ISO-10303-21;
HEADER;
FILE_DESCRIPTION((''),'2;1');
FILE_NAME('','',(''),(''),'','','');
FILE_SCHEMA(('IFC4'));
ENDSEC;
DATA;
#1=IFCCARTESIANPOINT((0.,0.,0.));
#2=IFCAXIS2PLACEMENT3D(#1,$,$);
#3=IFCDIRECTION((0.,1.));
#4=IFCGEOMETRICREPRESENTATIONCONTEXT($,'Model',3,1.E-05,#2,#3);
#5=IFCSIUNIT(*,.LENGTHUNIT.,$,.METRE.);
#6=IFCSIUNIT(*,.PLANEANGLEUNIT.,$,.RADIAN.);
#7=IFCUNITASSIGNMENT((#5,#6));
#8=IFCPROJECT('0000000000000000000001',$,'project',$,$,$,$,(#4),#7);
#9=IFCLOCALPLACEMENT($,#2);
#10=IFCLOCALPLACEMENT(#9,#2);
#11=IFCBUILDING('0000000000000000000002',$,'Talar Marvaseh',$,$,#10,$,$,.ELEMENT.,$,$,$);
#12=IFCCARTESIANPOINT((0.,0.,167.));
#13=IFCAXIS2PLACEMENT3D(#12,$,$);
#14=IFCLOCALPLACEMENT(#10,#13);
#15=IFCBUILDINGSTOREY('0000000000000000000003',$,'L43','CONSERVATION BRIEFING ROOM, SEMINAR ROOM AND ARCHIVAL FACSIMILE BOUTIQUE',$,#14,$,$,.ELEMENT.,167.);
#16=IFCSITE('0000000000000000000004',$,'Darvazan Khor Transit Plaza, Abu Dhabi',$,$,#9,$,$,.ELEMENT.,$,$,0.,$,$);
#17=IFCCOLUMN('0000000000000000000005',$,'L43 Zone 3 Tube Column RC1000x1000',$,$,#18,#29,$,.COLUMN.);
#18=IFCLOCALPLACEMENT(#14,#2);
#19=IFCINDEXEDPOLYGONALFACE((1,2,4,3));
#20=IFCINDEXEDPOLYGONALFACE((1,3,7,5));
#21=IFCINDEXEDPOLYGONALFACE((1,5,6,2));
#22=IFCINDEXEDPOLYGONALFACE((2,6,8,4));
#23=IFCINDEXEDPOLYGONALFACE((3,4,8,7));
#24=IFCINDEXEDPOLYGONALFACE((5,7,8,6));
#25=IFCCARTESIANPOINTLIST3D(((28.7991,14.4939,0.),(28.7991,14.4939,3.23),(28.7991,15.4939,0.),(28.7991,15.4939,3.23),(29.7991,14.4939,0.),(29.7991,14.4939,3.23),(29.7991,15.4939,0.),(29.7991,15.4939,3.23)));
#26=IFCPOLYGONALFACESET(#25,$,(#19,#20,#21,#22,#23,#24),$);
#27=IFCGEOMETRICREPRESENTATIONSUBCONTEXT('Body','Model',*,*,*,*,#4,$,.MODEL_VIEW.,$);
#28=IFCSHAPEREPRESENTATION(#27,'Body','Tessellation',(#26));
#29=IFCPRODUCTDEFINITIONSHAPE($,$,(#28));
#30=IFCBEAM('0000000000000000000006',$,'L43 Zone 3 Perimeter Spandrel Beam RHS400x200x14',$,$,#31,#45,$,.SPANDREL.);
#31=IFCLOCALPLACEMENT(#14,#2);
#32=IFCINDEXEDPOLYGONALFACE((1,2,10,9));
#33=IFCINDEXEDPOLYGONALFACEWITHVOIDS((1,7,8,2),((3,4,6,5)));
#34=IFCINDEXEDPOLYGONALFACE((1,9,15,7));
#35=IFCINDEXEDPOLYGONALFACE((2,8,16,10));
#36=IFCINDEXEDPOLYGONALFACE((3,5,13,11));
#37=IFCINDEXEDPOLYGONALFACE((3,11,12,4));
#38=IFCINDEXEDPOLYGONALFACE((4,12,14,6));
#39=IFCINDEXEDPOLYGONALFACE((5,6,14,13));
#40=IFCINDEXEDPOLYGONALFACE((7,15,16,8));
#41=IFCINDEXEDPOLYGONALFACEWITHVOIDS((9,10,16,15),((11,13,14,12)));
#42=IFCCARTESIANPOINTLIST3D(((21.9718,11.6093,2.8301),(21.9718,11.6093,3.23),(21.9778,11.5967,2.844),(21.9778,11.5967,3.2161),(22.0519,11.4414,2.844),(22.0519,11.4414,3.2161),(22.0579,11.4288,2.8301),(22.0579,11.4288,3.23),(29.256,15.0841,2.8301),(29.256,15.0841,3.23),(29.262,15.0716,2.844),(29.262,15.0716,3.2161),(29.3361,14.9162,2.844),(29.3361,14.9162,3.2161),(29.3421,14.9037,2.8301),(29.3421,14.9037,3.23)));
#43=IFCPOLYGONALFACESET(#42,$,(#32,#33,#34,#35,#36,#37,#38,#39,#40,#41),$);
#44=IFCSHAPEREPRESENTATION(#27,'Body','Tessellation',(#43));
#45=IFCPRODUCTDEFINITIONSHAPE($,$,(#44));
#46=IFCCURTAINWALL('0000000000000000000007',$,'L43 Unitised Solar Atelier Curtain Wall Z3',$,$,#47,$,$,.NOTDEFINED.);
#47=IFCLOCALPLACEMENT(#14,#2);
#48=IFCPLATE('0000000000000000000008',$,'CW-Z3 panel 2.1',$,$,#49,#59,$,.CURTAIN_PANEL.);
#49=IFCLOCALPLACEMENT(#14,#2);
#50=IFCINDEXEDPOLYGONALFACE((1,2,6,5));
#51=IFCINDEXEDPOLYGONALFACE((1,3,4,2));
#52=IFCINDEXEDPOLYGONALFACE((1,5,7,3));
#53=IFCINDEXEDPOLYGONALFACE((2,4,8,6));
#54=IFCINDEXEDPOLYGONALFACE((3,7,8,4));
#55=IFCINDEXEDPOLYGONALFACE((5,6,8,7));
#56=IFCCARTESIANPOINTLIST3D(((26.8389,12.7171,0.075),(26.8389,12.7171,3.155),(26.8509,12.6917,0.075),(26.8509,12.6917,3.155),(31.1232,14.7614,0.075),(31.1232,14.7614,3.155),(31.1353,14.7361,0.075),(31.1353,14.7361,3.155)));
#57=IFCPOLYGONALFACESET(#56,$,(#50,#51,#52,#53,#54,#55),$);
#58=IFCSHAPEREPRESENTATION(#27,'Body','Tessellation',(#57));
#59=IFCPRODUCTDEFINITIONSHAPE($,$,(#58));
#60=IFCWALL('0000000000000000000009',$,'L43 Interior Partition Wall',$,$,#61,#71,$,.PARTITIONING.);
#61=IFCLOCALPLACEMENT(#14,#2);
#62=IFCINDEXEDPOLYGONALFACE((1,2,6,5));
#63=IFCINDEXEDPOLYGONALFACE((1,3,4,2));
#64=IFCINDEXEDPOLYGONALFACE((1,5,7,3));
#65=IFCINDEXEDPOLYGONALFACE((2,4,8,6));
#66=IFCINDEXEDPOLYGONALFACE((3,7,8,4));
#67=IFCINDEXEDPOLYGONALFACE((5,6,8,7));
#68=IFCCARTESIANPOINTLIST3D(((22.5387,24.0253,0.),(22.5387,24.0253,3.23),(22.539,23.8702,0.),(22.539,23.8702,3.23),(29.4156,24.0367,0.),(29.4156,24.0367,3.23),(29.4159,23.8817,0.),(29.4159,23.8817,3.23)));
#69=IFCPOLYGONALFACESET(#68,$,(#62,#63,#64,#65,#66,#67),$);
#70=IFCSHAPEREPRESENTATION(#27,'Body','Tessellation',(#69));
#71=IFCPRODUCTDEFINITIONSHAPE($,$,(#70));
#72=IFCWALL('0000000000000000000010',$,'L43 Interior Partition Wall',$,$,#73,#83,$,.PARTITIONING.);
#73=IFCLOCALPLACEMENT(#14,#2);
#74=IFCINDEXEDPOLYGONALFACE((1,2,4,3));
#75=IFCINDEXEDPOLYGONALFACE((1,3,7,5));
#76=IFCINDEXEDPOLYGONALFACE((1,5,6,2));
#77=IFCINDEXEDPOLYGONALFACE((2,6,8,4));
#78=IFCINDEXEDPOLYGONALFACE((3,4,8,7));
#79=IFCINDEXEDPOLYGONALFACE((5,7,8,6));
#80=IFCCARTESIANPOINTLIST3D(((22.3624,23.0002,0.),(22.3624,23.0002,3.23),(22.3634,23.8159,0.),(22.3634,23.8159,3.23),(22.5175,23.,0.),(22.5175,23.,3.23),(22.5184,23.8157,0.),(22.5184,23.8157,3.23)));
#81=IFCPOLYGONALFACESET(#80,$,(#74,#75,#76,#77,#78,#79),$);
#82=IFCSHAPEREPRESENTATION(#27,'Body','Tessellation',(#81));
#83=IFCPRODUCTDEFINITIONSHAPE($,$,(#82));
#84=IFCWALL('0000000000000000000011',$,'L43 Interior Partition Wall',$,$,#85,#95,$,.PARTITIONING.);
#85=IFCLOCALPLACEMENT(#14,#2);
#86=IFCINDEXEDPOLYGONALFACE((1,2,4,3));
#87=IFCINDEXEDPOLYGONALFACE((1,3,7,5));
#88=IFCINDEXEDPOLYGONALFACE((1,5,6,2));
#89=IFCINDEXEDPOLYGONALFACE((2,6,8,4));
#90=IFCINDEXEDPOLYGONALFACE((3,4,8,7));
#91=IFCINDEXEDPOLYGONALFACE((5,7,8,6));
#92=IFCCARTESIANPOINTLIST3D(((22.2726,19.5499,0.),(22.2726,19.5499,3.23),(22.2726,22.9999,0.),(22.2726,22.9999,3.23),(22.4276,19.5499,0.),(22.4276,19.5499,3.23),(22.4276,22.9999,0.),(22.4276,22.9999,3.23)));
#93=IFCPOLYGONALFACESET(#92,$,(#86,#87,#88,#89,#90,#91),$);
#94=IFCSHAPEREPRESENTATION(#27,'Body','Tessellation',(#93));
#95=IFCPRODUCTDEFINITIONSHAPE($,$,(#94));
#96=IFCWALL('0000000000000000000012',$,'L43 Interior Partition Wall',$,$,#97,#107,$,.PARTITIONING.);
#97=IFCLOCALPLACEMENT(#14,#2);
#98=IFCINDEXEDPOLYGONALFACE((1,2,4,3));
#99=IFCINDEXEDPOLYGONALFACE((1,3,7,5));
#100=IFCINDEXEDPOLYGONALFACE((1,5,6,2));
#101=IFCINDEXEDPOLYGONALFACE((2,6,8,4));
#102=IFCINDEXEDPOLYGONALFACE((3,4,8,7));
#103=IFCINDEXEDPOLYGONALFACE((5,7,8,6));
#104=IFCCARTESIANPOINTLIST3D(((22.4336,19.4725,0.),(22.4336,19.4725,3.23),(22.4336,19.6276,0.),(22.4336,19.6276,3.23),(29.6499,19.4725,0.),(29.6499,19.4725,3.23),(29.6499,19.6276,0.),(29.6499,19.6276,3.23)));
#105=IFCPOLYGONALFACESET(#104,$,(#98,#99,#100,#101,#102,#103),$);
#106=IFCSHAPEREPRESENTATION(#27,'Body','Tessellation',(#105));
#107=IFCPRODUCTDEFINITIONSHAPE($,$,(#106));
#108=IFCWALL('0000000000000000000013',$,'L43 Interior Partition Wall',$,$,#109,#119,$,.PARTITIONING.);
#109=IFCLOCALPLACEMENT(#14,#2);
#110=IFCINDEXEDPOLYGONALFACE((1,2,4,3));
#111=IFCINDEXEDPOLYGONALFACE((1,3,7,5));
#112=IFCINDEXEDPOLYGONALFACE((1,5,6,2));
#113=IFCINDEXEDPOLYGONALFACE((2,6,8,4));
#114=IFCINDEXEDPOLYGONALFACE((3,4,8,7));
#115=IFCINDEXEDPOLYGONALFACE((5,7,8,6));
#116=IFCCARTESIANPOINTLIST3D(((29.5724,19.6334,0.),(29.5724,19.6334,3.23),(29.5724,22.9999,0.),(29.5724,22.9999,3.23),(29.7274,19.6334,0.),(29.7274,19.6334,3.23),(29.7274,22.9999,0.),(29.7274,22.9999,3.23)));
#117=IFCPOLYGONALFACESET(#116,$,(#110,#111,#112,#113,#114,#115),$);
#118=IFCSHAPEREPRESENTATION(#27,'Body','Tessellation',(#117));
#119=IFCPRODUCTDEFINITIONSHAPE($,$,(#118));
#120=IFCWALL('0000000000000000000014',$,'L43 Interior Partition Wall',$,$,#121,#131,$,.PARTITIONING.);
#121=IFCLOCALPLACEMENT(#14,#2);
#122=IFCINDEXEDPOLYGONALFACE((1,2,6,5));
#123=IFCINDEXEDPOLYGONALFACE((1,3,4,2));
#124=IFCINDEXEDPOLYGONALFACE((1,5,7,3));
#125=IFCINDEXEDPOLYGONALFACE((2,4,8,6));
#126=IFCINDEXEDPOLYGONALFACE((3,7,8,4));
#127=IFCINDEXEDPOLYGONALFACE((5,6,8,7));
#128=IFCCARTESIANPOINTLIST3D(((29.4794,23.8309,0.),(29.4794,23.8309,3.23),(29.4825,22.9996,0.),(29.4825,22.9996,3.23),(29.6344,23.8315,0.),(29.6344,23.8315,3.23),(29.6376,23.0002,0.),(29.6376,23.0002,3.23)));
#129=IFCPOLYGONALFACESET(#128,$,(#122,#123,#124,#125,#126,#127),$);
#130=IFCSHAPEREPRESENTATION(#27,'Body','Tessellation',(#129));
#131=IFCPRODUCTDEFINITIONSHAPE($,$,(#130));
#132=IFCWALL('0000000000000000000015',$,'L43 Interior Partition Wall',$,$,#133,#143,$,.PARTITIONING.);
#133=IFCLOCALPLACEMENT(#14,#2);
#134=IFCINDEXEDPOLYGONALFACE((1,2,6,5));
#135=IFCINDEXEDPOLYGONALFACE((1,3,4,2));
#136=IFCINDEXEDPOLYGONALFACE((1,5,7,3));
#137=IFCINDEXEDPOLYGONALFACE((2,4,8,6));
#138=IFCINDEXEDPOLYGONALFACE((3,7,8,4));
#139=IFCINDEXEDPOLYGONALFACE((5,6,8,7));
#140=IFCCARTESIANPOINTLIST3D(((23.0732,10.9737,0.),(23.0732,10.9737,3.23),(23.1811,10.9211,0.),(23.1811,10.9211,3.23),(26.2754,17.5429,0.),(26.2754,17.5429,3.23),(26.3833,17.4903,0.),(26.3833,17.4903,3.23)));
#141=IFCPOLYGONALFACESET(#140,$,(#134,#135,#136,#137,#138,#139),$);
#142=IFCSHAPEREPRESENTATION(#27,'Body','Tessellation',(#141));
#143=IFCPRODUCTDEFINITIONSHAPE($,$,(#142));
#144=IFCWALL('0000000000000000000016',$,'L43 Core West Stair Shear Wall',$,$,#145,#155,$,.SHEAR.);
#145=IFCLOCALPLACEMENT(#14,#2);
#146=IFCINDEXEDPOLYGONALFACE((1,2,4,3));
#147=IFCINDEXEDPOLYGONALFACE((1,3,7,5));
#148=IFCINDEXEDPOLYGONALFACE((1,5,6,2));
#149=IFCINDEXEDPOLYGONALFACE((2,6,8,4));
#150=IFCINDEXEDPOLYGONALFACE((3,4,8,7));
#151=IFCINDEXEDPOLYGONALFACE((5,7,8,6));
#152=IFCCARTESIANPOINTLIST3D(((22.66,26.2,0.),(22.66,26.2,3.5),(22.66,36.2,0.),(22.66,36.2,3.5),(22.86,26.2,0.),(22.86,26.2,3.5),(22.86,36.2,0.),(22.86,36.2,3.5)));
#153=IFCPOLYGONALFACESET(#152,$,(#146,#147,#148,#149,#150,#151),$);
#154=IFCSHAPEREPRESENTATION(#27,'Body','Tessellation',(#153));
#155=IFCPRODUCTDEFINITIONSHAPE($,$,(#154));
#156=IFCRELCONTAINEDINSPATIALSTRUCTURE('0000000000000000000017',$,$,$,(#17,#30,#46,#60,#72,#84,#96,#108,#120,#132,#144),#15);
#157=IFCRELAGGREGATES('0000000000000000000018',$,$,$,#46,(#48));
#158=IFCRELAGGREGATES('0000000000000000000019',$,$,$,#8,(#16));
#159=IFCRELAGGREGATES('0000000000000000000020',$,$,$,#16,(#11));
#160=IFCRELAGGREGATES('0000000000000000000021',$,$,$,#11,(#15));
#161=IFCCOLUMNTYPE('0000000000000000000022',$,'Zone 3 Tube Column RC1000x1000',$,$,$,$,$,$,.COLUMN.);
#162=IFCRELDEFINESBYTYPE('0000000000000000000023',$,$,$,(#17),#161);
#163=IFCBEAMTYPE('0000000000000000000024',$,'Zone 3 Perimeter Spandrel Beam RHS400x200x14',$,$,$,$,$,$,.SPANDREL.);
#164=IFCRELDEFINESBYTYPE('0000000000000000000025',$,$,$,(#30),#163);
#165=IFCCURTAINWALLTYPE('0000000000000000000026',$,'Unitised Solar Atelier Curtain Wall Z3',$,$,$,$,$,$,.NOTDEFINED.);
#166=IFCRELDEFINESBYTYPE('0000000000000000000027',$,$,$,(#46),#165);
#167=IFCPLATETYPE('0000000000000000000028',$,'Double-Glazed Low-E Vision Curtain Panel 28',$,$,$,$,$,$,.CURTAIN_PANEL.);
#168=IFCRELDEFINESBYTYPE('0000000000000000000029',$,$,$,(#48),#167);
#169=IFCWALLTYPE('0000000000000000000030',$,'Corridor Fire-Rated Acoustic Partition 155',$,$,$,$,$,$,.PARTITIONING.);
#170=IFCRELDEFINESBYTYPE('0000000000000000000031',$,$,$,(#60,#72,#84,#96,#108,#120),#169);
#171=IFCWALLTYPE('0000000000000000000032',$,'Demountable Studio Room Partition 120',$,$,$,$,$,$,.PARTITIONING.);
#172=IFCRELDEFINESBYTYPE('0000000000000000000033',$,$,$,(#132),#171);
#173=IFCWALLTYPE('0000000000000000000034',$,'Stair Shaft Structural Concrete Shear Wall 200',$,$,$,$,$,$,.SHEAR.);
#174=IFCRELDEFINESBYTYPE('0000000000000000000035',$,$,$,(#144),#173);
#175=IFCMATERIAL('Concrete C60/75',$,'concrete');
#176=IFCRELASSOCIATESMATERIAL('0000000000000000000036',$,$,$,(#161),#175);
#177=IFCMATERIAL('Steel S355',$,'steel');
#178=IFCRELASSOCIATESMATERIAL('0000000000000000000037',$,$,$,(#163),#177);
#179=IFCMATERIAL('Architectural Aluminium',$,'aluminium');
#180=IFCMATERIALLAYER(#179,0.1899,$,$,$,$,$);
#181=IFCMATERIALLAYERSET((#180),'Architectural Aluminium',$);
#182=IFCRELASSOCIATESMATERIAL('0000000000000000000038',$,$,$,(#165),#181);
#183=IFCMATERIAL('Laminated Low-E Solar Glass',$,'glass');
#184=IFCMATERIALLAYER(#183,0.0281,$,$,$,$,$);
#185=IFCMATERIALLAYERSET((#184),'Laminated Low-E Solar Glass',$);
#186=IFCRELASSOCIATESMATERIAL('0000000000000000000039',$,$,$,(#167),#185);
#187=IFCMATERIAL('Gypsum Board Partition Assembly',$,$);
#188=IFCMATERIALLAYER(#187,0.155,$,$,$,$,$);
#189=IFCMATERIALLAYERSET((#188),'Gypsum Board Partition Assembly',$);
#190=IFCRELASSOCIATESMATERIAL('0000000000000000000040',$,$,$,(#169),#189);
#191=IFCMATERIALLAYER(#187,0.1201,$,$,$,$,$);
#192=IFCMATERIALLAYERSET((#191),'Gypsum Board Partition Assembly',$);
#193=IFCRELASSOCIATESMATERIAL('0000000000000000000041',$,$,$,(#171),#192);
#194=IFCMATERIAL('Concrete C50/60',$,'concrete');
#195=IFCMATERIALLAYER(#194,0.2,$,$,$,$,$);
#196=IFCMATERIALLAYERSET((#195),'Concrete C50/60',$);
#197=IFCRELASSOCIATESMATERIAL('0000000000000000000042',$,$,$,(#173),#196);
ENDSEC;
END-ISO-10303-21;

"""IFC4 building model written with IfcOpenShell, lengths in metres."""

from ifc_helpers import new_model, si_unit, direction, frame, frame_2d, origin, origin_2d, place, context, subcontext, project, spatial, rectangle, hollow_rectangle, extrude, source, transform, mapped, material, layer, layer_set, material_profile, profile_set, type_object, type_shapes, element, aggregate, save


model = new_model("IFC4")

# Units and contexts
model_context = context("Model", 3, precision=1e-05, world=origin(), true_north=direction((0.0, 1.0)))
body_context = subcontext(model_context, "Body", "Model", "MODEL_VIEW")
ifc_project = project(units=[si_unit("LENGTHUNIT", "METRE"), si_unit("PLANEANGLEUNIT", "RADIAN")], contexts=[model_context])

# Site, building, storey
site_placement = place(None, origin())
site = spatial("IfcSite", under=ifc_project, at=site_placement, Name="Darvazan Khor Transit Plaza, Abu Dhabi", CompositionType="ELEMENT", RefElevation=0.0)
building_placement = place(site_placement, origin())
building = spatial("IfcBuilding", under=site, at=building_placement, Name="Talar Marvaseh", CompositionType="ELEMENT")
storey_placement = place(building_placement, frame((0.0, 0.0, 167.0)))
storey = spatial("IfcBuildingStorey", under=building, at=storey_placement, Name="L43", Description="CONSERVATION BRIEFING ROOM, SEMINAR ROOM AND ARCHIVAL FACSIMILE BOUTIQUE", CompositionType="ELEMENT", Elevation=167.0)

# Column
ifc_material_1 = material(Name="Concrete C60/75", Category="concrete")
ifc_material_profile_1 = material_profile(ifc_material_1, rectangle(XDim=1.0, YDim=1.0, at=origin_2d()), Name="RC1000x1000")
ifc_profile_set_1 = profile_set([ifc_material_profile_1], Name="Concrete C60/75")
column_type = type_object("IfcColumnType", Name="Zone 3 Tube Column RC1000x1000", PredefinedType="COLUMN", material=ifc_profile_set_1)
column_placement = place(storey_placement, frame((29.2991, 14.9939, 0.0), z_axis=(0.0, 0.0, 1.0), x_axis=(1.0, 0.0, 0.0)))
element("IfcColumn", 1, at=column_placement, inside=storey, type_object=column_type, Name="L43 Zone 3 Tube Column RC1000x1000", PredefinedType="COLUMN", context=body_context, shape_type="SweptSolid", body=[
    extrude(rectangle(XDim=1.0, YDim=1.0, at=origin_2d()), origin(), (0.0, 0.0, 1.0), 3.23),
])

# Beam
ifc_material_2 = material(Name="Steel S355", Category="steel")
ifc_material_profile_2 = material_profile(ifc_material_2, hollow_rectangle(XDim=0.2, YDim=0.3999, WallThickness=0.0139, at=origin_2d()), Name="RHS400x200x14")
ifc_profile_set_2 = profile_set([ifc_material_profile_2], Name="Steel S355")
beam_type = type_object("IfcBeamType", Name="Zone 3 Perimeter Spandrel Beam RHS400x200x14", PredefinedType="SPANDREL", material=ifc_profile_set_2)
beam_placement = place(storey_placement, frame((29.2991, 14.9939, 3.03), z_axis=(-0.902562, -0.430559, 0.0), x_axis=(0.430559, -0.902562, 0.0)))
element("IfcBeam", 2, at=beam_placement, inside=storey, type_object=beam_type, Name="L43 Zone 3 Perimeter Spandrel Beam RHS400x200x14", PredefinedType="SPANDREL", context=body_context, shape_type="SweptSolid", body=[
    extrude(hollow_rectangle(XDim=0.2, YDim=0.3999, WallThickness=0.0139, at=origin_2d()), origin(), (0.0, 0.0, 1.0), 8.0706),
])

# Curtain wall, plate
ifc_material_3 = material(Name="Architectural Aluminium", Category="aluminium")
ifc_layer_1 = layer(ifc_material_3, 0.1899)
ifc_layer_set_1 = layer_set([ifc_layer_1], Name="Architectural Aluminium")
curtain_wall_type = type_object("IfcCurtainWallType", Name="Unitised Solar Atelier Curtain Wall Z3", PredefinedType="NOTDEFINED", material=ifc_layer_set_1)
curtain_wall_placement = place(storey_placement, origin())
curtain_wall = element("IfcCurtainWall", 3, at=curtain_wall_placement, inside=storey, type_object=curtain_wall_type, Name="L43 Unitised Solar Atelier Curtain Wall Z3", PredefinedType="NOTDEFINED")
ifc_material_4 = material(Name="Laminated Low-E Solar Glass", Category="glass")
ifc_layer_2 = layer(ifc_material_4, 0.0281)
ifc_layer_set_2 = layer_set([ifc_layer_2], Name="Laminated Low-E Solar Glass")
plate_type = type_object("IfcPlateType", Name="Double-Glazed Low-E Vision Curtain Panel 28", PredefinedType="CURTAIN_PANEL", material=ifc_layer_set_2)
shared_shape_1 = source(origin(), body_context, "Body", "SweptSolid", [
    extrude(rectangle(XDim=4.7471, YDim=0.0281, at=origin_2d()), origin(), (0.0, 0.0, 1.0), 3.0801),
])
type_shapes(plate_type, [shared_shape_1])
plate_placement = place(storey_placement, frame((28.9871, 13.7266, 0.075), z_axis=(0.0, 0.0, 1.0), x_axis=(-0.902519, -0.430651, 0.0)))
plate = element("IfcPlate", 4, at=plate_placement, type_object=plate_type, Name="CW-Z3 panel 2.1", PredefinedType="CURTAIN_PANEL", context=body_context, shape_type="MappedRepresentation", body=[
    mapped(shared_shape_1, transform((0.0, 0.0, 0.0), x_axis=(1.0, 0.0, 0.0), y_axis=(0.0, 1.0, 0.0), z_axis=(0.0, 0.0, 1.0), scale=1.0)),
])
aggregate(curtain_wall, [plate])

# Walls
ifc_material_5 = material(Name="Gypsum Board Partition Assembly")
ifc_layer_3 = layer(ifc_material_5, 0.155)
ifc_layer_set_3 = layer_set([ifc_layer_3], Name="Gypsum Board Partition Assembly")
wall_type_1 = type_object("IfcWallType", Name="Corridor Fire-Rated Acoustic Partition 155", PredefinedType="PARTITIONING", material=ifc_layer_set_3)
wall_1_placement = place(storey_placement, frame((29.4158, 23.9592, 0.0), z_axis=(0.0, 0.0, 1.0), x_axis=(-0.999999, -0.001669, 0.0)))
element("IfcWall", 5, at=wall_1_placement, inside=storey, type_object=wall_type_1, Name="L43 Interior Partition Wall", PredefinedType="PARTITIONING", context=body_context, shape_type="SweptSolid", body=[
    extrude(rectangle(XDim=6.877, YDim=0.155, at=frame_2d((3.4385, 0.0))), origin(), (0.0, 0.0, 1.0), 3.23),
])
wall_2_placement = place(storey_placement, frame((22.4409, 23.8157, 0.0), z_axis=(0.0, 0.0, 1.0), x_axis=(-0.001197, -0.999999, 0.0)))
element("IfcWall", 6, at=wall_2_placement, inside=storey, type_object=wall_type_1, Name="L43 Interior Partition Wall", PredefinedType="PARTITIONING", context=body_context, shape_type="SweptSolid", body=[
    extrude(rectangle(XDim=0.8157, YDim=0.155, at=frame_2d((0.4077, 0.0))), origin(), (0.0, 0.0, 1.0), 3.23),
])
wall_3_placement = place(storey_placement, frame((22.3501, 23.0, 0.0), z_axis=(0.0, 0.0, 1.0), x_axis=(0.0, -1.0, 0.0)))
element("IfcWall", 7, at=wall_3_placement, inside=storey, type_object=wall_type_1, Name="L43 Interior Partition Wall", PredefinedType="PARTITIONING", context=body_context, shape_type="SweptSolid", body=[
    extrude(rectangle(XDim=3.45, YDim=0.155, at=frame_2d((1.7251, 0.0))), origin(), (0.0, 0.0, 1.0), 3.23),
])
wall_4_placement = place(storey_placement, frame((22.4336, 19.55, 0.0), z_axis=(0.0, 0.0, 1.0), x_axis=(1.0, 0.0, 0.0)))
element("IfcWall", 8, at=wall_4_placement, inside=storey, type_object=wall_type_1, Name="L43 Interior Partition Wall", PredefinedType="PARTITIONING", context=body_context, shape_type="SweptSolid", body=[
    extrude(rectangle(XDim=7.2163, YDim=0.155, at=frame_2d((3.6082, 0.0))), origin(), (0.0, 0.0, 1.0), 3.23),
])
wall_5_placement = place(storey_placement, frame((29.6499, 19.6335, 0.0), z_axis=(0.0, 0.0, 1.0), x_axis=(0.0, 1.0, 0.0)))
element("IfcWall", 9, at=wall_5_placement, inside=storey, type_object=wall_type_1, Name="L43 Interior Partition Wall", PredefinedType="PARTITIONING", context=body_context, shape_type="SweptSolid", body=[
    extrude(rectangle(XDim=3.3665, YDim=0.155, at=frame_2d((1.6831, 0.0))), origin(), (0.0, 0.0, 1.0), 3.23),
])
wall_6_placement = place(storey_placement, frame((29.5601, 23.0, 0.0), z_axis=(0.0, 0.0, 1.0), x_axis=(-0.003818, 0.999993, 0.0)))
element("IfcWall", 10, at=wall_6_placement, inside=storey, type_object=wall_type_1, Name="L43 Interior Partition Wall", PredefinedType="PARTITIONING", context=body_context, shape_type="SweptSolid", body=[
    extrude(rectangle(XDim=0.8313, YDim=0.155, at=frame_2d((0.4155, 0.0))), origin(), (0.0, 0.0, 1.0), 3.23),
])
ifc_layer_4 = layer(ifc_material_5, 0.1201)
ifc_layer_set_4 = layer_set([ifc_layer_4], Name="Gypsum Board Partition Assembly")
wall_type_2 = type_object("IfcWallType", Name="Demountable Studio Room Partition 120", PredefinedType="PARTITIONING", material=ifc_layer_set_4)
wall_7_placement = place(storey_placement, frame((26.3293, 17.5166, 0.0), z_axis=(0.0, 0.0, 1.0), x_axis=(-0.438171, -0.898892, 0.0)))
element("IfcWall", 11, at=wall_7_placement, inside=storey, type_object=wall_type_2, Name="L43 Interior Partition Wall", PredefinedType="PARTITIONING", context=body_context, shape_type="SweptSolid", body=[
    extrude(rectangle(XDim=7.3081, YDim=0.1201, at=frame_2d((3.6541, 0.0))), origin(), (0.0, 0.0, 1.0), 3.23),
])
ifc_material_6 = material(Name="Concrete C50/60", Category="concrete")
ifc_layer_5 = layer(ifc_material_6, 0.2)
ifc_layer_set_5 = layer_set([ifc_layer_5], Name="Concrete C50/60")
wall_type_3 = type_object("IfcWallType", Name="Stair Shaft Structural Concrete Shear Wall 200", PredefinedType="SHEAR", material=ifc_layer_set_5)
wall_8_placement = place(storey_placement, frame((22.76, 26.2, 0.0), z_axis=(0.0, 0.0, 1.0), x_axis=(0.0, 1.0, 0.0)))
element("IfcWall", 12, at=wall_8_placement, inside=storey, type_object=wall_type_3, Name="L43 Core West Stair Shear Wall", PredefinedType="SHEAR", context=body_context, shape_type="SweptSolid", body=[
    extrude(rectangle(XDim=10.0, YDim=0.2, at=frame_2d((5.0, 0.0))), origin(), (0.0, 0.0, 1.0), 3.5),
])

save(model, "model.ifc")
